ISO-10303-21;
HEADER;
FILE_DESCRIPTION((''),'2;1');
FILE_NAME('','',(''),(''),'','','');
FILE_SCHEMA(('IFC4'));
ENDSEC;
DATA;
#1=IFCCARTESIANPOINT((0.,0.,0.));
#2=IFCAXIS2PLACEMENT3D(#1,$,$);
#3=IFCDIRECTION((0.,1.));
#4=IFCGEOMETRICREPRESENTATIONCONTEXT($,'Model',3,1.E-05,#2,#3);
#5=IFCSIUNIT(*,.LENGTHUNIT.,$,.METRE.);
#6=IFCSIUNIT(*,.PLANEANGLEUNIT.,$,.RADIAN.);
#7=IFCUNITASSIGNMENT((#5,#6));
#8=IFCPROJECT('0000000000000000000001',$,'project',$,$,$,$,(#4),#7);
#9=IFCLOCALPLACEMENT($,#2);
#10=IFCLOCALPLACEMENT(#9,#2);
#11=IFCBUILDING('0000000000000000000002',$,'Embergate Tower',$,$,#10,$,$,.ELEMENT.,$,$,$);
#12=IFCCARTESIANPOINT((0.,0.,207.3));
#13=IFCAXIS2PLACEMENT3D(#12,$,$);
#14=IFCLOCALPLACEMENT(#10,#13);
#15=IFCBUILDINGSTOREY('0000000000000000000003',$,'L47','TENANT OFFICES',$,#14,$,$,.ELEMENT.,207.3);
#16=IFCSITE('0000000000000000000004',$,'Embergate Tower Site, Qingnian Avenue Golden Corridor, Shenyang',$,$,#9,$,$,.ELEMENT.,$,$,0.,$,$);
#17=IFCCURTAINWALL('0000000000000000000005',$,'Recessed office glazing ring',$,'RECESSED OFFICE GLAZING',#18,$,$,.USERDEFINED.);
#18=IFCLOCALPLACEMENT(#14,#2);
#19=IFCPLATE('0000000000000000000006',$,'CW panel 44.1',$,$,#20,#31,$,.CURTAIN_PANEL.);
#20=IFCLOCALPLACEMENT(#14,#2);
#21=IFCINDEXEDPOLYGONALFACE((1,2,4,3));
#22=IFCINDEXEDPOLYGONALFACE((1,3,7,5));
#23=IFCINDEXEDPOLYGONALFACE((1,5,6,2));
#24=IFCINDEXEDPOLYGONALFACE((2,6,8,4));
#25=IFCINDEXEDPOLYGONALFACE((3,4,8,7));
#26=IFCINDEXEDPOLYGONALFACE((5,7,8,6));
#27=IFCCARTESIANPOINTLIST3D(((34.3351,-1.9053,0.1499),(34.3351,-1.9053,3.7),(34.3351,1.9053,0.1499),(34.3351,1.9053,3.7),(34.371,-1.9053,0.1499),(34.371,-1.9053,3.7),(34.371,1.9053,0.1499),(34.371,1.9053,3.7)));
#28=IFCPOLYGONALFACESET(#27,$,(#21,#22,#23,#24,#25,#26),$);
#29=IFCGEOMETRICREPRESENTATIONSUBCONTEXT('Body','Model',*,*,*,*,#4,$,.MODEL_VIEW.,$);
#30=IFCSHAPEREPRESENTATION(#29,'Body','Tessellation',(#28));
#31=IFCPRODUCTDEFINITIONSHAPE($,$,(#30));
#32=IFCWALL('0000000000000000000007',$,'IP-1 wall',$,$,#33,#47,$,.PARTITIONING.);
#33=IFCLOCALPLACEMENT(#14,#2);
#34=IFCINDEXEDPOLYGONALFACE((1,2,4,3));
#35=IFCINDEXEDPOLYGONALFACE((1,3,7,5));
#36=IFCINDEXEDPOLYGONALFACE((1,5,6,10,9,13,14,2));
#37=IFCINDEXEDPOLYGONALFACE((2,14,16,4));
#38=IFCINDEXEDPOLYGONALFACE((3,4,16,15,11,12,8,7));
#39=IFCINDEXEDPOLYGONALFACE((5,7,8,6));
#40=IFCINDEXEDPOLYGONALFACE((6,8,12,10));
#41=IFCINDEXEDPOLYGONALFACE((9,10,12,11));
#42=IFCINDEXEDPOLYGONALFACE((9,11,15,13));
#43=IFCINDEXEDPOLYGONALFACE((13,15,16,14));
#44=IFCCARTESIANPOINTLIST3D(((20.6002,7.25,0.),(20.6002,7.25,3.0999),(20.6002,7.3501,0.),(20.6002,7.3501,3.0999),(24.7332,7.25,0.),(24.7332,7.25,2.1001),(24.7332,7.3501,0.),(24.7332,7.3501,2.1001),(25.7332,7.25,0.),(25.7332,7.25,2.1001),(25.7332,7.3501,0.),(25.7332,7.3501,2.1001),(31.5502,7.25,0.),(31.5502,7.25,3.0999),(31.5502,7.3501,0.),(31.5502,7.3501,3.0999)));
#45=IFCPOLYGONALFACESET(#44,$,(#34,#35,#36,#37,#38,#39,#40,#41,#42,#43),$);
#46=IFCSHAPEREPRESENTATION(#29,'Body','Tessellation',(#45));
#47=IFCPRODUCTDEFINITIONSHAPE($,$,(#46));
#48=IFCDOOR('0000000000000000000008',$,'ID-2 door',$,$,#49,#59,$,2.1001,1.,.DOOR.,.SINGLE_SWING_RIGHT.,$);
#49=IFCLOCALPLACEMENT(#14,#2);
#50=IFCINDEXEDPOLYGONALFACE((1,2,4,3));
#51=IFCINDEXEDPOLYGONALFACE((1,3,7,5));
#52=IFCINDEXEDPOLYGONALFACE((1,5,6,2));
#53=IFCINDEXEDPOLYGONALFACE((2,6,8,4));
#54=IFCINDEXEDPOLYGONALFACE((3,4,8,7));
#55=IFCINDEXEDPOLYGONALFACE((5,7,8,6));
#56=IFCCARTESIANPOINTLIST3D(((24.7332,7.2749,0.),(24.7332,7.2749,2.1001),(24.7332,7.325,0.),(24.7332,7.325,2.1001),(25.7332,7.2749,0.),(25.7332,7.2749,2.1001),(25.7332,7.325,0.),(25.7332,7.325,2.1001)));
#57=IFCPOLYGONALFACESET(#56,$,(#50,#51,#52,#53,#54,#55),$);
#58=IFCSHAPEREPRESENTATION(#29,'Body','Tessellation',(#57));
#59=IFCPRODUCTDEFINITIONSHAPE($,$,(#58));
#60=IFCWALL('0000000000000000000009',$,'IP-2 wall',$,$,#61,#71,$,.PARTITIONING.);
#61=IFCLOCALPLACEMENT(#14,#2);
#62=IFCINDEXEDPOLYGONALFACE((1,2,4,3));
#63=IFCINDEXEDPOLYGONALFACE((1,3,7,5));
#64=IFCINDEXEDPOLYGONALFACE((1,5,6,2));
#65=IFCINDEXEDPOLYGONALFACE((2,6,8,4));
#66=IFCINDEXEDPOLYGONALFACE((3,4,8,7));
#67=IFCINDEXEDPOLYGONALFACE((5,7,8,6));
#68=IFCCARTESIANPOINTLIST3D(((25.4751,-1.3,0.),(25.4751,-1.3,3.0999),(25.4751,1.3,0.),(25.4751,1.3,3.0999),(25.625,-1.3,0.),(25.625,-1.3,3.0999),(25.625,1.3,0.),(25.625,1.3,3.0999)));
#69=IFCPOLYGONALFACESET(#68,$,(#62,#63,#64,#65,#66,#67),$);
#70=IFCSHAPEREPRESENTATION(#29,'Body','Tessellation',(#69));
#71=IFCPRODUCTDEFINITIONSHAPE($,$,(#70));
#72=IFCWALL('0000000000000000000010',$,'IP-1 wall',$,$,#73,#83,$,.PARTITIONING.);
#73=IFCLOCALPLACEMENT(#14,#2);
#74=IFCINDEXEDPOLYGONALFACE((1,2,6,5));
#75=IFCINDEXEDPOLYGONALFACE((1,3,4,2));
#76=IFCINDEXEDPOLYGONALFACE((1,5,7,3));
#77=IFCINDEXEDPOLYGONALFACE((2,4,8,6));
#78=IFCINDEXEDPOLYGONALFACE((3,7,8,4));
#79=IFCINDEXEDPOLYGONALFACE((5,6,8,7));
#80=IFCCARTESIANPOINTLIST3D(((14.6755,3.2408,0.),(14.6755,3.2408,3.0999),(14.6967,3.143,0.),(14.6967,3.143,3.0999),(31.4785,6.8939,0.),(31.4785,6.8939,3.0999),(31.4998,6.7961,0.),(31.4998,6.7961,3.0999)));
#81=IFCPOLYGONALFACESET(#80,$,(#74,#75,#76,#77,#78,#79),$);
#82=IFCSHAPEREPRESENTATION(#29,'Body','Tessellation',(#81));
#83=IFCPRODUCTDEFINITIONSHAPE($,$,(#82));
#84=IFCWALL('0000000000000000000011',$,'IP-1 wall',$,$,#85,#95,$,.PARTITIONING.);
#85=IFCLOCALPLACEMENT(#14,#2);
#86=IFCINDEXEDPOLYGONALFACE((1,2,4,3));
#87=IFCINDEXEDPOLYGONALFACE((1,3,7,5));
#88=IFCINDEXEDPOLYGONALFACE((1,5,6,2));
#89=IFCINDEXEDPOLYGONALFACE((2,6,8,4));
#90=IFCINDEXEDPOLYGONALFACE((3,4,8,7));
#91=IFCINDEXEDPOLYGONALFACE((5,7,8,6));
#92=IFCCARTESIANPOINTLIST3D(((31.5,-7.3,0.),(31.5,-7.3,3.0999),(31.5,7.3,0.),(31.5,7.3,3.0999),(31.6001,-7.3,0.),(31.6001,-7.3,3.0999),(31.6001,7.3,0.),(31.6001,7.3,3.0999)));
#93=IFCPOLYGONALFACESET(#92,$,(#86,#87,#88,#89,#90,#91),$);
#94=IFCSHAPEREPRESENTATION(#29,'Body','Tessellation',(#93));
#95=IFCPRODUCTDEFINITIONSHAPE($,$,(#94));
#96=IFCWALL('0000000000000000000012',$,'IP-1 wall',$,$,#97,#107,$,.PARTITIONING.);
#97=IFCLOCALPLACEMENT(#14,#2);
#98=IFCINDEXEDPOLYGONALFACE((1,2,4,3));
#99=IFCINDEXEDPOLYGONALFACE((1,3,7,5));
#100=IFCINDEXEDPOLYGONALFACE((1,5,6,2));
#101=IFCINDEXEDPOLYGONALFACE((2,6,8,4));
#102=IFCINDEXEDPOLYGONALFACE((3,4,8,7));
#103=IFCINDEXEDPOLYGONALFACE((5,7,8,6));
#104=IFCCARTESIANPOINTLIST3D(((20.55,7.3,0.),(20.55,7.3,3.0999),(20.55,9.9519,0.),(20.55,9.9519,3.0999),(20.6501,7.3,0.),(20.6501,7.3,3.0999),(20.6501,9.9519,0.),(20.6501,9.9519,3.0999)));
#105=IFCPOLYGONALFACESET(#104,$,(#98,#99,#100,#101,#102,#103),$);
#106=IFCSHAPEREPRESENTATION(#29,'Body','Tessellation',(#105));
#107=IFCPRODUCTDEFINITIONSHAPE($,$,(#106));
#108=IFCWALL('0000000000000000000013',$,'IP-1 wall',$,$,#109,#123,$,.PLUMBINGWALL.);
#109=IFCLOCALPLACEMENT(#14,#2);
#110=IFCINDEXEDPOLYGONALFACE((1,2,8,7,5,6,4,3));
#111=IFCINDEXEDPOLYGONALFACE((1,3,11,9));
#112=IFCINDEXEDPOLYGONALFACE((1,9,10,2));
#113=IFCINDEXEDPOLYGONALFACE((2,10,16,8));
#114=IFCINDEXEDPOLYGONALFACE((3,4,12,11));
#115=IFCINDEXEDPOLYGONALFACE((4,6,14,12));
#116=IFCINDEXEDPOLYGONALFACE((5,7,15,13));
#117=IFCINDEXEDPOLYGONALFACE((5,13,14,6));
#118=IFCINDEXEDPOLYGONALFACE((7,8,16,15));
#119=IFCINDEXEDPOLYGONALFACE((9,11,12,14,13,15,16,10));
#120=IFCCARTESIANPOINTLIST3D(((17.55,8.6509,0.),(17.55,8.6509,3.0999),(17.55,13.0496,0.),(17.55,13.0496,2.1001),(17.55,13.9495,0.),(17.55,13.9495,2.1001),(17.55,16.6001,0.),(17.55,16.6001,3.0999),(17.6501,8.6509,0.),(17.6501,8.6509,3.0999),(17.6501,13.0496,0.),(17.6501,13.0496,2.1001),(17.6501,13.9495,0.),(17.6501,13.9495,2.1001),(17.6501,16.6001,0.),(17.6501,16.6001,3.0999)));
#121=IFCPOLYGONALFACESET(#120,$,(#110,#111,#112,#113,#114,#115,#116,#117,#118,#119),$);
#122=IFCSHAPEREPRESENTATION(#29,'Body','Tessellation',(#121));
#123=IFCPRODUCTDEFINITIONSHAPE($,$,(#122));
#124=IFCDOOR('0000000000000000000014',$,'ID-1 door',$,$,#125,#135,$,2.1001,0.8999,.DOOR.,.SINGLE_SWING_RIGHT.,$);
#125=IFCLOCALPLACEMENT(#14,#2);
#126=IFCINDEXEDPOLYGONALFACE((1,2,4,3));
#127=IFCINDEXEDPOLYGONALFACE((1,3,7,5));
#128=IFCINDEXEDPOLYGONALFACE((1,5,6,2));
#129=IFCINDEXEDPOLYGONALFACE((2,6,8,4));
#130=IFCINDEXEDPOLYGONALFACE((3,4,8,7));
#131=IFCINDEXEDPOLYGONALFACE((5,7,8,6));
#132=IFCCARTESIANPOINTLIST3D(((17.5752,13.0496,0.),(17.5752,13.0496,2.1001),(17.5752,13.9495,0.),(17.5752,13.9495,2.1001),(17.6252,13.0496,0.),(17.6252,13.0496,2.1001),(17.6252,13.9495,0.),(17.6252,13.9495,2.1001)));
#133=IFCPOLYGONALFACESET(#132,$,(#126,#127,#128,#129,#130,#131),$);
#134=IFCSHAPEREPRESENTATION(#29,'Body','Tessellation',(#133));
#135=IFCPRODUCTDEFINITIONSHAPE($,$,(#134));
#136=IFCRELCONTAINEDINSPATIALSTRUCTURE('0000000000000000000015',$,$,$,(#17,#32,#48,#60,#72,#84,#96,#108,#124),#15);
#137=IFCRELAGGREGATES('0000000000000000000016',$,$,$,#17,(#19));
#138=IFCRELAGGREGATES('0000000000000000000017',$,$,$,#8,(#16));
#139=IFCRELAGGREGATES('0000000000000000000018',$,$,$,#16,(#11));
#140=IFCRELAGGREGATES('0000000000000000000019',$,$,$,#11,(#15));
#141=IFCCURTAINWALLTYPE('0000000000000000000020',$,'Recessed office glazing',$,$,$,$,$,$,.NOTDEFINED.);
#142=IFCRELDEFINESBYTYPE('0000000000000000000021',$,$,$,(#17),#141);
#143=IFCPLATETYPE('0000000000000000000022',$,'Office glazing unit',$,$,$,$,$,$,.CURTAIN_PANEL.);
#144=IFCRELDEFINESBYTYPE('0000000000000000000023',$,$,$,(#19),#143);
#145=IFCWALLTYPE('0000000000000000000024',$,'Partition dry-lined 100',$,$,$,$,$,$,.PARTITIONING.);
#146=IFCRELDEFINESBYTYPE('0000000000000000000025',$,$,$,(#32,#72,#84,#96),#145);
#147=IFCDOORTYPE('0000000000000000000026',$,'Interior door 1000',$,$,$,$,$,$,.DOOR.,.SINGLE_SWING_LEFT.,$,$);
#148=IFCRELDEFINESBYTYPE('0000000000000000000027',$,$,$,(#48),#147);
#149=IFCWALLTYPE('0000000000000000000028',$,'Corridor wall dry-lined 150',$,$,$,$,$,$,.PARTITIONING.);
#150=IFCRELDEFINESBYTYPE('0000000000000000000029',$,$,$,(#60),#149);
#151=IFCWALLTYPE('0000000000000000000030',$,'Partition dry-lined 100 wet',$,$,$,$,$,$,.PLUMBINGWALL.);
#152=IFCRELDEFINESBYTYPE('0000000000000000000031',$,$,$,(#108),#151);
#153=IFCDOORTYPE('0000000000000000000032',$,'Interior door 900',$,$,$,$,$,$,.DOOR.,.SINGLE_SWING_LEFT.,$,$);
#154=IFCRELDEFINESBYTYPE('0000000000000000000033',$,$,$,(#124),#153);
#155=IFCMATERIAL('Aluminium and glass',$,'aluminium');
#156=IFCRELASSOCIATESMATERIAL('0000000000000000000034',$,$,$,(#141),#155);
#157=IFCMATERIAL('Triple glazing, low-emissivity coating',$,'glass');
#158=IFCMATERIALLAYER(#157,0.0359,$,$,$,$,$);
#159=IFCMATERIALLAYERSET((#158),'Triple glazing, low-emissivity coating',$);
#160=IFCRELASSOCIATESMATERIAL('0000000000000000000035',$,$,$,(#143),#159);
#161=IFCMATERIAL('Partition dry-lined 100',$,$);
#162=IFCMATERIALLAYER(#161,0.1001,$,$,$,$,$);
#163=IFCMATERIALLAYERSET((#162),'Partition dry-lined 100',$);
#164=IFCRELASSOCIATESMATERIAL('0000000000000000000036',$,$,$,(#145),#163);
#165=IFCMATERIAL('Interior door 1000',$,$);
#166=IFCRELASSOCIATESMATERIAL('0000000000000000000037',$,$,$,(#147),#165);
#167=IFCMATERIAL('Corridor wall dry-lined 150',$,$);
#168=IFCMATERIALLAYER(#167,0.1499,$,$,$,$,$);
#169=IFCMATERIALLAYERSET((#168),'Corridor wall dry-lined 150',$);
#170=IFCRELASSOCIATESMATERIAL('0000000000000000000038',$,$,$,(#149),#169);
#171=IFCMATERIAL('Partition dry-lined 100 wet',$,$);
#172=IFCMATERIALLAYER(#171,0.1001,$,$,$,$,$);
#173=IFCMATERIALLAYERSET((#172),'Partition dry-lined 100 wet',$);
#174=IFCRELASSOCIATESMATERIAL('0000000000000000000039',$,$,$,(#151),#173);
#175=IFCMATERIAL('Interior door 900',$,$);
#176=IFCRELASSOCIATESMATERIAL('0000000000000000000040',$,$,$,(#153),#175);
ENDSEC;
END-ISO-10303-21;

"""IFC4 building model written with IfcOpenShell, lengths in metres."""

from ifc_helpers import new_model, si_unit, direction, frame, frame_2d, origin, origin_2d, place, context, subcontext, project, spatial, rectangle, extrude, source, transform, mapped, material, layer, layer_set, type_object, element, fill, aggregate, save


model = new_model("IFC4")

# Units and contexts
model_context = context("Model", 3, precision=1e-05, world=origin(), true_north=direction((0.0, 1.0)))
body_context = subcontext(model_context, "Body", "Model", "MODEL_VIEW")
ifc_project = project(units=[si_unit("LENGTHUNIT", "METRE"), si_unit("PLANEANGLEUNIT", "RADIAN")], contexts=[model_context])

# Site, building, storey
site_placement = place(None, origin())
site = spatial("IfcSite", under=ifc_project, at=site_placement, Name="Embergate Tower Site, Qingnian Avenue Golden Corridor, Shenyang", CompositionType="ELEMENT", RefElevation=0.0)
building_placement = place(site_placement, origin())
building = spatial("IfcBuilding", under=site, at=building_placement, Name="Embergate Tower", CompositionType="ELEMENT")
storey_placement = place(building_placement, frame((0.0, 0.0, 207.3)))
storey = spatial("IfcBuildingStorey", under=building, at=storey_placement, Name="L47", Description="TENANT OFFICES", CompositionType="ELEMENT", Elevation=207.3)

# Curtain wall, plate
ifc_material_1 = material(Name="Aluminium and glass", Category="aluminium")
curtain_wall_type = type_object("IfcCurtainWallType", Name="Recessed office glazing", PredefinedType="NOTDEFINED", material=ifc_material_1)
curtain_wall_placement = place(storey_placement, origin())
curtain_wall = element("IfcCurtainWall", 1, at=curtain_wall_placement, inside=storey, type_object=curtain_wall_type, Name="Recessed office glazing ring", ObjectType="RECESSED OFFICE GLAZING", PredefinedType="USERDEFINED")
ifc_material_2 = material(Name="Triple glazing, low-emissivity coating", Category="glass")
ifc_layer_1 = layer(ifc_material_2, 0.0359)
ifc_layer_set_1 = layer_set([ifc_layer_1], Name="Triple glazing, low-emissivity coating")
plate_type = type_object("IfcPlateType", Name="Office glazing unit", PredefinedType="CURTAIN_PANEL", material=ifc_layer_set_1)
shared_shape_1 = source(origin(), body_context, "Body", "SweptSolid", [
    extrude(rectangle(XDim=3.8105, YDim=0.0359, at=origin_2d()), origin(), (0.0, 0.0, 1.0), 3.55),
])
plate_1_placement = place(storey_placement, frame((34.353, 0.0, 0.1499), z_axis=(0.0, 0.0, 1.0), x_axis=(0.0, 1.0, 0.0)))
plate_1 = element("IfcPlate", 2, at=plate_1_placement, type_object=plate_type, Name="CW panel 44.1", PredefinedType="CURTAIN_PANEL", context=body_context, shape_type="MappedRepresentation", body=[
    mapped(shared_shape_1, transform((0.0, 0.0, 0.0))),
])
aggregate(curtain_wall, [plate_1])

# Wall, opening, door
ifc_material_3 = material(Name="Partition dry-lined 100")
ifc_layer_2 = layer(ifc_material_3, 0.1001)
ifc_layer_set_2 = layer_set([ifc_layer_2], Name="Partition dry-lined 100")
wall_type_1 = type_object("IfcWallType", Name="Partition dry-lined 100", PredefinedType="PARTITIONING", material=ifc_layer_set_2)
shared_shape_2 = source(origin(), body_context, "Body", "SweptSolid", [
    extrude(rectangle(XDim=10.95, YDim=0.1001, at=frame_2d((5.4751, 0.0))), origin(), (0.0, 0.0, 1.0), 3.0999),
])
wall_1_placement = place(storey_placement, frame((20.6001, 7.3, 0.0), z_axis=(0.0, 0.0, 1.0), x_axis=(1.0, 0.0, 0.0)))
wall_1 = element("IfcWall", 3, at=wall_1_placement, inside=storey, type_object=wall_type_1, Name="IP-1 wall", PredefinedType="PARTITIONING", context=body_context, shape_type="MappedRepresentation", body=[
    mapped(shared_shape_2, transform((0.0, 0.0, 0.0))),
])
shared_shape_3 = source(origin(), body_context, "Body", "SweptSolid", [
    extrude(rectangle(XDim=1.0, YDim=2.1001, at=frame_2d((0.5, 1.05))), frame((0.0, 0.0601, 0.0), z_axis=(0.0, -1.0, 0.0), x_axis=(1.0, 0.0, 0.0)), (0.0, 0.0, 1.0), 0.1201),
])
opening_1_placement = place(wall_1_placement, frame((4.1331, 0.0, 0.0)))
opening_1 = element("IfcOpeningElement", 4, at=opening_1_placement, cuts=wall_1, PredefinedType="OPENING", context=body_context, shape_type="MappedRepresentation", body=[
    mapped(shared_shape_3, transform((0.0, 0.0, 0.0))),
])
ifc_material_4 = material(Name="Interior door 1000")
door_type_1 = type_object("IfcDoorType", Name="Interior door 1000", OperationType="SINGLE_SWING_LEFT", PredefinedType="DOOR", material=ifc_material_4)
shared_shape_4 = source(origin(), body_context, "Body", "SweptSolid", [
    extrude(rectangle(XDim=1.0, YDim=2.1001, at=frame_2d((0.5, 1.05))), frame((0.0, 0.0249, 0.0), z_axis=(0.0, -1.0, 0.0), x_axis=(1.0, 0.0, 0.0)), (0.0, 0.0, 1.0), 0.05),
])
door_1_placement = place(opening_1_placement, origin())
door_1 = element("IfcDoor", 5, at=door_1_placement, inside=storey, type_object=door_type_1, Name="ID-2 door", OperationType="SINGLE_SWING_RIGHT", OverallHeight=2.1001, OverallWidth=1.0, PredefinedType="DOOR", context=body_context, shape_type="MappedRepresentation", body=[
    mapped(shared_shape_4, transform((0.0, 0.0, 0.0))),
])
fill(opening_1, door_1)

# Walls
ifc_material_5 = material(Name="Corridor wall dry-lined 150")
ifc_layer_3 = layer(ifc_material_5, 0.1499)
ifc_layer_set_3 = layer_set([ifc_layer_3], Name="Corridor wall dry-lined 150")
wall_type_2 = type_object("IfcWallType", Name="Corridor wall dry-lined 150", PredefinedType="PARTITIONING", material=ifc_layer_set_3)
shared_shape_5 = source(origin(), body_context, "Body", "SweptSolid", [
    extrude(rectangle(XDim=2.6001, YDim=0.1499, at=frame_2d((1.3, 0.0))), origin(), (0.0, 0.0, 1.0), 3.0999),
])
wall_2_placement = place(storey_placement, frame((25.55, 1.3, 0.0), z_axis=(0.0, 0.0, 1.0), x_axis=(0.0, -1.0, 0.0)))
element("IfcWall", 6, at=wall_2_placement, inside=storey, type_object=wall_type_2, Name="IP-2 wall", PredefinedType="PARTITIONING", context=body_context, shape_type="MappedRepresentation", body=[
    mapped(shared_shape_5, transform((0.0, 0.0, 0.0))),
])
shared_shape_6 = source(origin(), body_context, "Body", "SweptSolid", [
    extrude(rectangle(XDim=17.1956, YDim=0.1001, at=frame_2d((8.5977, 0.0))), origin(), (0.0, 0.0, 1.0), 3.0999),
])
wall_3_placement = place(storey_placement, frame((31.489, 6.845, 0.0), z_axis=(0.0, 0.0, 1.0), x_axis=(-0.977173, -0.212444, 0.0)))
element("IfcWall", 7, at=wall_3_placement, inside=storey, type_object=wall_type_1, Name="IP-1 wall", PredefinedType="PARTITIONING", context=body_context, shape_type="MappedRepresentation", body=[
    mapped(shared_shape_6, transform((0.0, 0.0, 0.0))),
])
shared_shape_7 = source(origin(), body_context, "Body", "SweptSolid", [
    extrude(rectangle(XDim=14.6001, YDim=0.1001, at=frame_2d((7.3, 0.0))), origin(), (0.0, 0.0, 1.0), 3.0999),
])
wall_4_placement = place(storey_placement, frame((31.55, 7.3, 0.0), z_axis=(0.0, 0.0, 1.0), x_axis=(0.0, -1.0, 0.0)))
element("IfcWall", 8, at=wall_4_placement, inside=storey, type_object=wall_type_1, Name="IP-1 wall", PredefinedType="PARTITIONING", context=body_context, shape_type="MappedRepresentation", body=[
    mapped(shared_shape_7, transform((0.0, 0.0, 0.0))),
])
shared_shape_8 = source(origin(), body_context, "Body", "SweptSolid", [
    extrude(rectangle(XDim=2.6519, YDim=0.1001, at=frame_2d((1.3259, 0.0))), origin(), (0.0, 0.0, 1.0), 3.0999),
])
wall_5_placement = place(storey_placement, frame((20.6001, 9.9519, 0.0), z_axis=(0.0, 0.0, 1.0), x_axis=(0.0, -1.0, 0.0)))
element("IfcWall", 9, at=wall_5_placement, inside=storey, type_object=wall_type_1, Name="IP-1 wall", PredefinedType="PARTITIONING", context=body_context, shape_type="MappedRepresentation", body=[
    mapped(shared_shape_8, transform((0.0, 0.0, 0.0))),
])

# Wall, opening, door
ifc_material_6 = material(Name="Partition dry-lined 100 wet")
ifc_layer_4 = layer(ifc_material_6, 0.1001)
ifc_layer_set_4 = layer_set([ifc_layer_4], Name="Partition dry-lined 100 wet")
wall_type_3 = type_object("IfcWallType", Name="Partition dry-lined 100 wet", PredefinedType="PLUMBINGWALL", material=ifc_layer_set_4)
shared_shape_9 = source(origin(), body_context, "Body", "SweptSolid", [
    extrude(rectangle(XDim=7.9492, YDim=0.1001, at=frame_2d((3.9746, 0.0))), origin(), (0.0, 0.0, 1.0), 3.0999),
])
wall_6_placement = place(storey_placement, frame((17.6001, 8.6509, 0.0), z_axis=(0.0, 0.0, 1.0), x_axis=(0.0, 1.0, 0.0)))
wall_6 = element("IfcWall", 10, at=wall_6_placement, inside=storey, type_object=wall_type_3, Name="IP-1 wall", PredefinedType="PLUMBINGWALL", context=body_context, shape_type="MappedRepresentation", body=[
    mapped(shared_shape_9, transform((0.0, 0.0, 0.0))),
])
shared_shape_10 = source(origin(), body_context, "Body", "SweptSolid", [
    extrude(rectangle(XDim=0.8999, YDim=2.1001, at=frame_2d((0.45, 1.05))), frame((0.0, 0.0601, 0.0), z_axis=(0.0, -1.0, 0.0), x_axis=(1.0, 0.0, 0.0)), (0.0, 0.0, 1.0), 0.1201),
])
opening_2_placement = place(wall_6_placement, frame((4.3987, 0.0, 0.0)))
opening_2 = element("IfcOpeningElement", 11, at=opening_2_placement, cuts=wall_6, PredefinedType="OPENING", context=body_context, shape_type="MappedRepresentation", body=[
    mapped(shared_shape_10, transform((0.0, 0.0, 0.0))),
])
ifc_material_7 = material(Name="Interior door 900")
door_type_2 = type_object("IfcDoorType", Name="Interior door 900", OperationType="SINGLE_SWING_LEFT", PredefinedType="DOOR", material=ifc_material_7)
shared_shape_11 = source(origin(), body_context, "Body", "SweptSolid", [
    extrude(rectangle(XDim=0.8999, YDim=2.1001, at=frame_2d((0.45, 1.05))), frame((0.0, 0.0249, 0.0), z_axis=(0.0, -1.0, 0.0), x_axis=(1.0, 0.0, 0.0)), (0.0, 0.0, 1.0), 0.05),
])
door_2_placement = place(opening_2_placement, origin())
door_2 = element("IfcDoor", 12, at=door_2_placement, inside=storey, type_object=door_type_2, Name="ID-1 door", OperationType="SINGLE_SWING_RIGHT", OverallHeight=2.1001, OverallWidth=0.8999, PredefinedType="DOOR", context=body_context, shape_type="MappedRepresentation", body=[
    mapped(shared_shape_11, transform((0.0, 0.0, 0.0))),
])
fill(opening_2, door_2)

save(model, "model.ifc")
